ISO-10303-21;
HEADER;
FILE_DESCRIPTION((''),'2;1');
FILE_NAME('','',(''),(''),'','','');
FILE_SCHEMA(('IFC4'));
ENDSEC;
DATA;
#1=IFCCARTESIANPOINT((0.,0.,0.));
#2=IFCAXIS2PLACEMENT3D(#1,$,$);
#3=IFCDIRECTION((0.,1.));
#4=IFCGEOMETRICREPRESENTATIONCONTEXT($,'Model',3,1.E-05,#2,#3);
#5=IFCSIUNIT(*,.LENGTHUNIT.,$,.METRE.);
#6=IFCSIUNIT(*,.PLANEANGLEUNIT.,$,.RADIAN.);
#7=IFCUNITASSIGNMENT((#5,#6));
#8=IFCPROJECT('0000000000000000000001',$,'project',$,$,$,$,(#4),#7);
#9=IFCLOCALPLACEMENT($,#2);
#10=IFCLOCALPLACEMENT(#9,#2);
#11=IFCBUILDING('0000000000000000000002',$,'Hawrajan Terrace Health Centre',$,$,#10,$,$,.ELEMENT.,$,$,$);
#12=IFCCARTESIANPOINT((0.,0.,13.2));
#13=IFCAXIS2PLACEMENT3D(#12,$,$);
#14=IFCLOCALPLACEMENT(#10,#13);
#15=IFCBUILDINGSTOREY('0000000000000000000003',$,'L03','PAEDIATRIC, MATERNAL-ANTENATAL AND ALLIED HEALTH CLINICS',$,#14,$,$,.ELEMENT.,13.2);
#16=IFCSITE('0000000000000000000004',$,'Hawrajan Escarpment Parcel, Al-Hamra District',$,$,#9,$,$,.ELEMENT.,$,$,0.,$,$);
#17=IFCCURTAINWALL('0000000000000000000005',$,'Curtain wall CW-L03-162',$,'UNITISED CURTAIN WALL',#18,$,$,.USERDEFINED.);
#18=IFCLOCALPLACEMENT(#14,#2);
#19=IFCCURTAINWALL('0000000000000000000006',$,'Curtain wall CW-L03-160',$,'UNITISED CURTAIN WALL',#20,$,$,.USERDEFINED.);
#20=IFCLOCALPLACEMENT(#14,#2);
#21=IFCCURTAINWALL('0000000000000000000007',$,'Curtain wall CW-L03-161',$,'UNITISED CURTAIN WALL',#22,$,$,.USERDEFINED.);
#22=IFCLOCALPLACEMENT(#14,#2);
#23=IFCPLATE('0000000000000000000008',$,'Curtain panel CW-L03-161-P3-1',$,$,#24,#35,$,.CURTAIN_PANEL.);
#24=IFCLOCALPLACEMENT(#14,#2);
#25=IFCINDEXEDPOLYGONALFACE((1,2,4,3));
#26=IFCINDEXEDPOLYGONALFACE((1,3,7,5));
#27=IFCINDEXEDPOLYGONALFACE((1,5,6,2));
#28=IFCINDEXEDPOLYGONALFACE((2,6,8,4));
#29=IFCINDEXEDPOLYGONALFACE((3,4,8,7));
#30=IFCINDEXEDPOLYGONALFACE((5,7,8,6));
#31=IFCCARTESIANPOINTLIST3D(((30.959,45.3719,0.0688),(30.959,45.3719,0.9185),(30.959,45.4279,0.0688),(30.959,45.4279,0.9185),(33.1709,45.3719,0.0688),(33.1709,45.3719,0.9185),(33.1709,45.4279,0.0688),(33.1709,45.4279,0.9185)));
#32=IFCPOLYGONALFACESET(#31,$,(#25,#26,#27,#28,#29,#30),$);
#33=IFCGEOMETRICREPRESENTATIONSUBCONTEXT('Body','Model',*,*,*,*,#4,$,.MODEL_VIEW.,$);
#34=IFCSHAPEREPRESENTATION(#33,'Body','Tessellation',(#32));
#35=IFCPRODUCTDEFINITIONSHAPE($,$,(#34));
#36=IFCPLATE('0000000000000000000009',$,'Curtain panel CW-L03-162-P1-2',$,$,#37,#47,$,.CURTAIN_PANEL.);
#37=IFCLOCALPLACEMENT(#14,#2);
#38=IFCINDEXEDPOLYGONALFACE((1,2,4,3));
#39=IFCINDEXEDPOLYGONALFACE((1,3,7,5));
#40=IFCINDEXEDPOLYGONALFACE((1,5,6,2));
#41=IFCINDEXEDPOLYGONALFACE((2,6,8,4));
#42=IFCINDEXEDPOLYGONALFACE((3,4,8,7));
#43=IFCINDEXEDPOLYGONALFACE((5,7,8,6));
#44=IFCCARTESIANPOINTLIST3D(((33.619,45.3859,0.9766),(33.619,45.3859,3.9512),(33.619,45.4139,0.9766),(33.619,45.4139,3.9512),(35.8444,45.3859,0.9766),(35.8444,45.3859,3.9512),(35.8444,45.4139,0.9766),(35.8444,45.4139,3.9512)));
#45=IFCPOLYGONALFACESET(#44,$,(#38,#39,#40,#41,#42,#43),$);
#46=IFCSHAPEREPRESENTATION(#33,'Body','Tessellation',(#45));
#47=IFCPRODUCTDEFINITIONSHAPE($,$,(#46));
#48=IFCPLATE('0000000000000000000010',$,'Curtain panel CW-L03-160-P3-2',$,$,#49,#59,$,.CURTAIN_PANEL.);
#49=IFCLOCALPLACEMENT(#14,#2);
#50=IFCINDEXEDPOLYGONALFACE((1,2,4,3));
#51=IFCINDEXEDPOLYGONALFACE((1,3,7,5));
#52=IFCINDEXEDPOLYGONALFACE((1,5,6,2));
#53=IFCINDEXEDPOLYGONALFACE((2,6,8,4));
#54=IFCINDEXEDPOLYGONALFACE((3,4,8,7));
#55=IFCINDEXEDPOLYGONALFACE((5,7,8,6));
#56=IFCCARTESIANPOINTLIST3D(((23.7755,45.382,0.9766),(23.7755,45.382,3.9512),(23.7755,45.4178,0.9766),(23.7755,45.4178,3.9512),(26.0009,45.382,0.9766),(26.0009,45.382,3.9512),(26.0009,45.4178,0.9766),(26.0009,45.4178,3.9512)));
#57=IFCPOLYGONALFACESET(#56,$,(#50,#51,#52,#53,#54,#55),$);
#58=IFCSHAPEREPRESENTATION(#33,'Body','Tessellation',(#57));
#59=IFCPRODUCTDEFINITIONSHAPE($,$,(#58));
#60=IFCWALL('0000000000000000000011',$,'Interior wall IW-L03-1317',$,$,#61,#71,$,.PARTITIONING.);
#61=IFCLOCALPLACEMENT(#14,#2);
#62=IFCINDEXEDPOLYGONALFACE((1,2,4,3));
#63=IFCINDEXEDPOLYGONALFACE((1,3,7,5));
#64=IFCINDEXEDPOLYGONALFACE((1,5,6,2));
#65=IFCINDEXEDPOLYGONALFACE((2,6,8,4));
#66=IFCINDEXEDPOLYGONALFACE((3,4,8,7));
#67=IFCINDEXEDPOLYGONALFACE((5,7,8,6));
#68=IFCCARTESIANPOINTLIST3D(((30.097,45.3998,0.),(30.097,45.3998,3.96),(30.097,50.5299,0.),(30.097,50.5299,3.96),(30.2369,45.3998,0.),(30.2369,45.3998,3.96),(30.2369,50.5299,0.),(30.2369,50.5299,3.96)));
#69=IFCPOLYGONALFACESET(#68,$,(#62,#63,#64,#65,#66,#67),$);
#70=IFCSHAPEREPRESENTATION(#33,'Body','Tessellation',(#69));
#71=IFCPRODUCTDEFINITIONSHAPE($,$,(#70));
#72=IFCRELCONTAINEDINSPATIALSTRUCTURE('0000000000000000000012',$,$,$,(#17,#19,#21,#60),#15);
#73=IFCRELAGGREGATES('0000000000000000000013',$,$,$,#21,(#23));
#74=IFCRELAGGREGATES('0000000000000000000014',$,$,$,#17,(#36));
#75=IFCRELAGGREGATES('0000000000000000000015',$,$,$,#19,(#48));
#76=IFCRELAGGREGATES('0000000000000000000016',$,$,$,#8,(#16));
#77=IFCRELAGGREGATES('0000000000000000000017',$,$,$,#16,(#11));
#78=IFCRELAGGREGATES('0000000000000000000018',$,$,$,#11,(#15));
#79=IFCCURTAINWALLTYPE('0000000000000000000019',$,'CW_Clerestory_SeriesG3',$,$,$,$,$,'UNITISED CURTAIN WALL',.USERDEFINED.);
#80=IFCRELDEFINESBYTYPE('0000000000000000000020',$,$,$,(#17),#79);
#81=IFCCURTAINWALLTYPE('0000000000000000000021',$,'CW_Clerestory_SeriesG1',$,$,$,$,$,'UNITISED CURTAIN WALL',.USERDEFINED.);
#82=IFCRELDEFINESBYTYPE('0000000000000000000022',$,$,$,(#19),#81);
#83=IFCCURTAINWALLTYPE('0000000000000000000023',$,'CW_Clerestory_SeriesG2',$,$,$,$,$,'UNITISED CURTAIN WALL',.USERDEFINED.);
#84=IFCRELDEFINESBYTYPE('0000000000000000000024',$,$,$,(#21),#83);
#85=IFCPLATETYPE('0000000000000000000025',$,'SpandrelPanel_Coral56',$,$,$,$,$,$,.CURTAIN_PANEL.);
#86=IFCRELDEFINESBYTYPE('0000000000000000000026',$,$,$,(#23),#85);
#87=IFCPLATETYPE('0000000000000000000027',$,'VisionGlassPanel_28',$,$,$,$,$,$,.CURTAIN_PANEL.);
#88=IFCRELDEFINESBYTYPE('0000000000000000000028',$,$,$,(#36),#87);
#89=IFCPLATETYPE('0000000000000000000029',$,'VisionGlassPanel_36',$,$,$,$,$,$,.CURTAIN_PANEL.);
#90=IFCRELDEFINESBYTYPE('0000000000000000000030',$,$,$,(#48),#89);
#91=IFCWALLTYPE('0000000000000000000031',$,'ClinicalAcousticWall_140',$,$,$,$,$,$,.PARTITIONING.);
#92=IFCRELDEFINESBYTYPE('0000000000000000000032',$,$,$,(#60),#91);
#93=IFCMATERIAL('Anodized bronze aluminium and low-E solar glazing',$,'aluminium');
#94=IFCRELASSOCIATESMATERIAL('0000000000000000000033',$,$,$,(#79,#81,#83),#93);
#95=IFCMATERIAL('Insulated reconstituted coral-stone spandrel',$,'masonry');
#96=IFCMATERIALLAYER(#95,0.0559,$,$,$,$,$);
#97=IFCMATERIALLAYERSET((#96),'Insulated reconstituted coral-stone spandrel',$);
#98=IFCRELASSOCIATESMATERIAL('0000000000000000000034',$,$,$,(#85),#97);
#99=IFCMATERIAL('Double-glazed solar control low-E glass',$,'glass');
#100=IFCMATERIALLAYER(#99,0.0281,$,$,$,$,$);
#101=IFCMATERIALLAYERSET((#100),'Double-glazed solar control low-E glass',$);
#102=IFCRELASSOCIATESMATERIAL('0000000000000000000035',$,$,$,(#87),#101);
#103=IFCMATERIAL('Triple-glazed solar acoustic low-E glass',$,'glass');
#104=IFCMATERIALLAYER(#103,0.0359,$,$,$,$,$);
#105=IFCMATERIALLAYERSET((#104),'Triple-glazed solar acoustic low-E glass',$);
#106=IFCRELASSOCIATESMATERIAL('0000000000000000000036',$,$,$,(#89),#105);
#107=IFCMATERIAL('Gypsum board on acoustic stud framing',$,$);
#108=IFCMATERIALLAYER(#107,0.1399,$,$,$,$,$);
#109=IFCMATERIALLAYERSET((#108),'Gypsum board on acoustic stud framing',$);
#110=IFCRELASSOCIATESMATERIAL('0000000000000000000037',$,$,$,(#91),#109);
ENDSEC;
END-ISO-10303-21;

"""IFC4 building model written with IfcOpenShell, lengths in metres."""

from ifc_helpers import new_model, si_unit, direction, frame, frame_2d, origin, origin_2d, place, context, subcontext, project, spatial, rectangle, extrude, material, layer, layer_set, type_object, element, aggregate, save


model = new_model("IFC4")

# Units and contexts
model_context = context("Model", 3, precision=1e-05, world=origin(), true_north=direction((0.0, 1.0)))
body_context = subcontext(model_context, "Body", "Model", "MODEL_VIEW")
ifc_project = project(units=[si_unit("LENGTHUNIT", "METRE"), si_unit("PLANEANGLEUNIT", "RADIAN")], contexts=[model_context])

# Site, building, storey
site_placement = place(None, origin())
site = spatial("IfcSite", under=ifc_project, at=site_placement, Name="Hawrajan Escarpment Parcel, Al-Hamra District", CompositionType="ELEMENT", RefElevation=0.0)
building_placement = place(site_placement, origin())
building = spatial("IfcBuilding", under=site, at=building_placement, Name="Hawrajan Terrace Health Centre", CompositionType="ELEMENT")
storey_placement = place(building_placement, frame((0.0, 0.0, 13.2)))
storey = spatial("IfcBuildingStorey", under=building, at=storey_placement, Name="L03", Description="PAEDIATRIC, MATERNAL-ANTENATAL AND ALLIED HEALTH CLINICS", CompositionType="ELEMENT", Elevation=13.2)

# Curtain wall
ifc_material_1 = material(Name="Anodized bronze aluminium and low-E solar glazing", Category="aluminium")
curtain_wall_type_1 = type_object("IfcCurtainWallType", Name="CW_Clerestory_SeriesG3", ElementType="UNITISED CURTAIN WALL", PredefinedType="USERDEFINED", material=ifc_material_1)
curtain_wall_1_placement = place(storey_placement, origin())
curtain_wall_1 = element("IfcCurtainWall", 1, at=curtain_wall_1_placement, inside=storey, type_object=curtain_wall_type_1, Name="Curtain wall CW-L03-162", ObjectType="UNITISED CURTAIN WALL", PredefinedType="USERDEFINED")

# Curtain wall
curtain_wall_type_2 = type_object("IfcCurtainWallType", Name="CW_Clerestory_SeriesG1", ElementType="UNITISED CURTAIN WALL", PredefinedType="USERDEFINED", material=ifc_material_1)
curtain_wall_2_placement = place(storey_placement, origin())
curtain_wall_2 = element("IfcCurtainWall", 2, at=curtain_wall_2_placement, inside=storey, type_object=curtain_wall_type_2, Name="Curtain wall CW-L03-160", ObjectType="UNITISED CURTAIN WALL", PredefinedType="USERDEFINED")

# Curtain wall
curtain_wall_type_3 = type_object("IfcCurtainWallType", Name="CW_Clerestory_SeriesG2", ElementType="UNITISED CURTAIN WALL", PredefinedType="USERDEFINED", material=ifc_material_1)
curtain_wall_3_placement = place(storey_placement, origin())
curtain_wall_3 = element("IfcCurtainWall", 3, at=curtain_wall_3_placement, inside=storey, type_object=curtain_wall_type_3, Name="Curtain wall CW-L03-161", ObjectType="UNITISED CURTAIN WALL", PredefinedType="USERDEFINED")

# Plates
ifc_material_2 = material(Name="Insulated reconstituted coral-stone spandrel", Category="masonry")
ifc_layer_1 = layer(ifc_material_2, 0.0559)
ifc_layer_set_1 = layer_set([ifc_layer_1], Name="Insulated reconstituted coral-stone spandrel")
plate_type_1 = type_object("IfcPlateType", Name="SpandrelPanel_Coral56", PredefinedType="CURTAIN_PANEL", material=ifc_layer_set_1)
plate_1_placement = place(storey_placement, frame((32.0649, 45.3999, 0.0688), z_axis=(0.0, 0.0, 1.0), x_axis=(1.0, 0.0, 0.0)))
plate_1 = element("IfcPlate", 4, at=plate_1_placement, type_object=plate_type_1, Name="Curtain panel CW-L03-161-P3-1", PredefinedType="CURTAIN_PANEL", context=body_context, shape_type="SweptSolid", body=[
    extrude(rectangle(XDim=2.2119, YDim=0.0559, at=origin_2d()), origin(), (0.0, 0.0, 1.0), 0.8496),
])
aggregate(curtain_wall_3, [plate_1])
ifc_material_3 = material(Name="Double-glazed solar control low-E glass", Category="glass")
ifc_layer_2 = layer(ifc_material_3, 0.0281)
ifc_layer_set_2 = layer_set([ifc_layer_2], Name="Double-glazed solar control low-E glass")
plate_type_2 = type_object("IfcPlateType", Name="VisionGlassPanel_28", PredefinedType="CURTAIN_PANEL", material=ifc_layer_set_2)
plate_2_placement = place(storey_placement, frame((34.7317, 45.3999, 0.9766), z_axis=(0.0, 0.0, 1.0), x_axis=(1.0, 0.0, 0.0)))
plate_2 = element("IfcPlate", 5, at=plate_2_placement, type_object=plate_type_2, Name="Curtain panel CW-L03-162-P1-2", PredefinedType="CURTAIN_PANEL", context=body_context, shape_type="SweptSolid", body=[
    extrude(rectangle(XDim=2.2253, YDim=0.0281, at=origin_2d()), origin(), (0.0, 0.0, 1.0), 2.9746),
])
aggregate(curtain_wall_1, [plate_2])
ifc_material_4 = material(Name="Triple-glazed solar acoustic low-E glass", Category="glass")
ifc_layer_3 = layer(ifc_material_4, 0.0359)
ifc_layer_set_3 = layer_set([ifc_layer_3], Name="Triple-glazed solar acoustic low-E glass")
plate_type_3 = type_object("IfcPlateType", Name="VisionGlassPanel_36", PredefinedType="CURTAIN_PANEL", material=ifc_layer_set_3)
plate_3_placement = place(storey_placement, frame((24.8882, 45.3999, 0.9766), z_axis=(0.0, 0.0, 1.0), x_axis=(1.0, 0.0, 0.0)))
plate_3 = element("IfcPlate", 6, at=plate_3_placement, type_object=plate_type_3, Name="Curtain panel CW-L03-160-P3-2", PredefinedType="CURTAIN_PANEL", context=body_context, shape_type="SweptSolid", body=[
    extrude(rectangle(XDim=2.2253, YDim=0.0359, at=origin_2d()), origin(), (0.0, 0.0, 1.0), 2.9746),
])
aggregate(curtain_wall_2, [plate_3])

# Wall
ifc_material_5 = material(Name="Gypsum board on acoustic stud framing")
ifc_layer_4 = layer(ifc_material_5, 0.1399)
ifc_layer_set_4 = layer_set([ifc_layer_4], Name="Gypsum board on acoustic stud framing")
wall_type = type_object("IfcWallType", Name="ClinicalAcousticWall_140", PredefinedType="PARTITIONING", material=ifc_layer_set_4)
wall_placement = place(storey_placement, frame((30.167, 45.3999, 0.0), z_axis=(0.0, 0.0, 1.0), x_axis=(0.0, 1.0, 0.0)))
element("IfcWall", 7, at=wall_placement, inside=storey, type_object=wall_type, Name="Interior wall IW-L03-1317", PredefinedType="PARTITIONING", context=body_context, shape_type="SweptSolid", body=[
    extrude(rectangle(XDim=5.1301, YDim=0.1399, at=frame_2d((2.5649, 0.0))), origin(), (0.0, 0.0, 1.0), 3.96),
])

save(model, "model.ifc")
